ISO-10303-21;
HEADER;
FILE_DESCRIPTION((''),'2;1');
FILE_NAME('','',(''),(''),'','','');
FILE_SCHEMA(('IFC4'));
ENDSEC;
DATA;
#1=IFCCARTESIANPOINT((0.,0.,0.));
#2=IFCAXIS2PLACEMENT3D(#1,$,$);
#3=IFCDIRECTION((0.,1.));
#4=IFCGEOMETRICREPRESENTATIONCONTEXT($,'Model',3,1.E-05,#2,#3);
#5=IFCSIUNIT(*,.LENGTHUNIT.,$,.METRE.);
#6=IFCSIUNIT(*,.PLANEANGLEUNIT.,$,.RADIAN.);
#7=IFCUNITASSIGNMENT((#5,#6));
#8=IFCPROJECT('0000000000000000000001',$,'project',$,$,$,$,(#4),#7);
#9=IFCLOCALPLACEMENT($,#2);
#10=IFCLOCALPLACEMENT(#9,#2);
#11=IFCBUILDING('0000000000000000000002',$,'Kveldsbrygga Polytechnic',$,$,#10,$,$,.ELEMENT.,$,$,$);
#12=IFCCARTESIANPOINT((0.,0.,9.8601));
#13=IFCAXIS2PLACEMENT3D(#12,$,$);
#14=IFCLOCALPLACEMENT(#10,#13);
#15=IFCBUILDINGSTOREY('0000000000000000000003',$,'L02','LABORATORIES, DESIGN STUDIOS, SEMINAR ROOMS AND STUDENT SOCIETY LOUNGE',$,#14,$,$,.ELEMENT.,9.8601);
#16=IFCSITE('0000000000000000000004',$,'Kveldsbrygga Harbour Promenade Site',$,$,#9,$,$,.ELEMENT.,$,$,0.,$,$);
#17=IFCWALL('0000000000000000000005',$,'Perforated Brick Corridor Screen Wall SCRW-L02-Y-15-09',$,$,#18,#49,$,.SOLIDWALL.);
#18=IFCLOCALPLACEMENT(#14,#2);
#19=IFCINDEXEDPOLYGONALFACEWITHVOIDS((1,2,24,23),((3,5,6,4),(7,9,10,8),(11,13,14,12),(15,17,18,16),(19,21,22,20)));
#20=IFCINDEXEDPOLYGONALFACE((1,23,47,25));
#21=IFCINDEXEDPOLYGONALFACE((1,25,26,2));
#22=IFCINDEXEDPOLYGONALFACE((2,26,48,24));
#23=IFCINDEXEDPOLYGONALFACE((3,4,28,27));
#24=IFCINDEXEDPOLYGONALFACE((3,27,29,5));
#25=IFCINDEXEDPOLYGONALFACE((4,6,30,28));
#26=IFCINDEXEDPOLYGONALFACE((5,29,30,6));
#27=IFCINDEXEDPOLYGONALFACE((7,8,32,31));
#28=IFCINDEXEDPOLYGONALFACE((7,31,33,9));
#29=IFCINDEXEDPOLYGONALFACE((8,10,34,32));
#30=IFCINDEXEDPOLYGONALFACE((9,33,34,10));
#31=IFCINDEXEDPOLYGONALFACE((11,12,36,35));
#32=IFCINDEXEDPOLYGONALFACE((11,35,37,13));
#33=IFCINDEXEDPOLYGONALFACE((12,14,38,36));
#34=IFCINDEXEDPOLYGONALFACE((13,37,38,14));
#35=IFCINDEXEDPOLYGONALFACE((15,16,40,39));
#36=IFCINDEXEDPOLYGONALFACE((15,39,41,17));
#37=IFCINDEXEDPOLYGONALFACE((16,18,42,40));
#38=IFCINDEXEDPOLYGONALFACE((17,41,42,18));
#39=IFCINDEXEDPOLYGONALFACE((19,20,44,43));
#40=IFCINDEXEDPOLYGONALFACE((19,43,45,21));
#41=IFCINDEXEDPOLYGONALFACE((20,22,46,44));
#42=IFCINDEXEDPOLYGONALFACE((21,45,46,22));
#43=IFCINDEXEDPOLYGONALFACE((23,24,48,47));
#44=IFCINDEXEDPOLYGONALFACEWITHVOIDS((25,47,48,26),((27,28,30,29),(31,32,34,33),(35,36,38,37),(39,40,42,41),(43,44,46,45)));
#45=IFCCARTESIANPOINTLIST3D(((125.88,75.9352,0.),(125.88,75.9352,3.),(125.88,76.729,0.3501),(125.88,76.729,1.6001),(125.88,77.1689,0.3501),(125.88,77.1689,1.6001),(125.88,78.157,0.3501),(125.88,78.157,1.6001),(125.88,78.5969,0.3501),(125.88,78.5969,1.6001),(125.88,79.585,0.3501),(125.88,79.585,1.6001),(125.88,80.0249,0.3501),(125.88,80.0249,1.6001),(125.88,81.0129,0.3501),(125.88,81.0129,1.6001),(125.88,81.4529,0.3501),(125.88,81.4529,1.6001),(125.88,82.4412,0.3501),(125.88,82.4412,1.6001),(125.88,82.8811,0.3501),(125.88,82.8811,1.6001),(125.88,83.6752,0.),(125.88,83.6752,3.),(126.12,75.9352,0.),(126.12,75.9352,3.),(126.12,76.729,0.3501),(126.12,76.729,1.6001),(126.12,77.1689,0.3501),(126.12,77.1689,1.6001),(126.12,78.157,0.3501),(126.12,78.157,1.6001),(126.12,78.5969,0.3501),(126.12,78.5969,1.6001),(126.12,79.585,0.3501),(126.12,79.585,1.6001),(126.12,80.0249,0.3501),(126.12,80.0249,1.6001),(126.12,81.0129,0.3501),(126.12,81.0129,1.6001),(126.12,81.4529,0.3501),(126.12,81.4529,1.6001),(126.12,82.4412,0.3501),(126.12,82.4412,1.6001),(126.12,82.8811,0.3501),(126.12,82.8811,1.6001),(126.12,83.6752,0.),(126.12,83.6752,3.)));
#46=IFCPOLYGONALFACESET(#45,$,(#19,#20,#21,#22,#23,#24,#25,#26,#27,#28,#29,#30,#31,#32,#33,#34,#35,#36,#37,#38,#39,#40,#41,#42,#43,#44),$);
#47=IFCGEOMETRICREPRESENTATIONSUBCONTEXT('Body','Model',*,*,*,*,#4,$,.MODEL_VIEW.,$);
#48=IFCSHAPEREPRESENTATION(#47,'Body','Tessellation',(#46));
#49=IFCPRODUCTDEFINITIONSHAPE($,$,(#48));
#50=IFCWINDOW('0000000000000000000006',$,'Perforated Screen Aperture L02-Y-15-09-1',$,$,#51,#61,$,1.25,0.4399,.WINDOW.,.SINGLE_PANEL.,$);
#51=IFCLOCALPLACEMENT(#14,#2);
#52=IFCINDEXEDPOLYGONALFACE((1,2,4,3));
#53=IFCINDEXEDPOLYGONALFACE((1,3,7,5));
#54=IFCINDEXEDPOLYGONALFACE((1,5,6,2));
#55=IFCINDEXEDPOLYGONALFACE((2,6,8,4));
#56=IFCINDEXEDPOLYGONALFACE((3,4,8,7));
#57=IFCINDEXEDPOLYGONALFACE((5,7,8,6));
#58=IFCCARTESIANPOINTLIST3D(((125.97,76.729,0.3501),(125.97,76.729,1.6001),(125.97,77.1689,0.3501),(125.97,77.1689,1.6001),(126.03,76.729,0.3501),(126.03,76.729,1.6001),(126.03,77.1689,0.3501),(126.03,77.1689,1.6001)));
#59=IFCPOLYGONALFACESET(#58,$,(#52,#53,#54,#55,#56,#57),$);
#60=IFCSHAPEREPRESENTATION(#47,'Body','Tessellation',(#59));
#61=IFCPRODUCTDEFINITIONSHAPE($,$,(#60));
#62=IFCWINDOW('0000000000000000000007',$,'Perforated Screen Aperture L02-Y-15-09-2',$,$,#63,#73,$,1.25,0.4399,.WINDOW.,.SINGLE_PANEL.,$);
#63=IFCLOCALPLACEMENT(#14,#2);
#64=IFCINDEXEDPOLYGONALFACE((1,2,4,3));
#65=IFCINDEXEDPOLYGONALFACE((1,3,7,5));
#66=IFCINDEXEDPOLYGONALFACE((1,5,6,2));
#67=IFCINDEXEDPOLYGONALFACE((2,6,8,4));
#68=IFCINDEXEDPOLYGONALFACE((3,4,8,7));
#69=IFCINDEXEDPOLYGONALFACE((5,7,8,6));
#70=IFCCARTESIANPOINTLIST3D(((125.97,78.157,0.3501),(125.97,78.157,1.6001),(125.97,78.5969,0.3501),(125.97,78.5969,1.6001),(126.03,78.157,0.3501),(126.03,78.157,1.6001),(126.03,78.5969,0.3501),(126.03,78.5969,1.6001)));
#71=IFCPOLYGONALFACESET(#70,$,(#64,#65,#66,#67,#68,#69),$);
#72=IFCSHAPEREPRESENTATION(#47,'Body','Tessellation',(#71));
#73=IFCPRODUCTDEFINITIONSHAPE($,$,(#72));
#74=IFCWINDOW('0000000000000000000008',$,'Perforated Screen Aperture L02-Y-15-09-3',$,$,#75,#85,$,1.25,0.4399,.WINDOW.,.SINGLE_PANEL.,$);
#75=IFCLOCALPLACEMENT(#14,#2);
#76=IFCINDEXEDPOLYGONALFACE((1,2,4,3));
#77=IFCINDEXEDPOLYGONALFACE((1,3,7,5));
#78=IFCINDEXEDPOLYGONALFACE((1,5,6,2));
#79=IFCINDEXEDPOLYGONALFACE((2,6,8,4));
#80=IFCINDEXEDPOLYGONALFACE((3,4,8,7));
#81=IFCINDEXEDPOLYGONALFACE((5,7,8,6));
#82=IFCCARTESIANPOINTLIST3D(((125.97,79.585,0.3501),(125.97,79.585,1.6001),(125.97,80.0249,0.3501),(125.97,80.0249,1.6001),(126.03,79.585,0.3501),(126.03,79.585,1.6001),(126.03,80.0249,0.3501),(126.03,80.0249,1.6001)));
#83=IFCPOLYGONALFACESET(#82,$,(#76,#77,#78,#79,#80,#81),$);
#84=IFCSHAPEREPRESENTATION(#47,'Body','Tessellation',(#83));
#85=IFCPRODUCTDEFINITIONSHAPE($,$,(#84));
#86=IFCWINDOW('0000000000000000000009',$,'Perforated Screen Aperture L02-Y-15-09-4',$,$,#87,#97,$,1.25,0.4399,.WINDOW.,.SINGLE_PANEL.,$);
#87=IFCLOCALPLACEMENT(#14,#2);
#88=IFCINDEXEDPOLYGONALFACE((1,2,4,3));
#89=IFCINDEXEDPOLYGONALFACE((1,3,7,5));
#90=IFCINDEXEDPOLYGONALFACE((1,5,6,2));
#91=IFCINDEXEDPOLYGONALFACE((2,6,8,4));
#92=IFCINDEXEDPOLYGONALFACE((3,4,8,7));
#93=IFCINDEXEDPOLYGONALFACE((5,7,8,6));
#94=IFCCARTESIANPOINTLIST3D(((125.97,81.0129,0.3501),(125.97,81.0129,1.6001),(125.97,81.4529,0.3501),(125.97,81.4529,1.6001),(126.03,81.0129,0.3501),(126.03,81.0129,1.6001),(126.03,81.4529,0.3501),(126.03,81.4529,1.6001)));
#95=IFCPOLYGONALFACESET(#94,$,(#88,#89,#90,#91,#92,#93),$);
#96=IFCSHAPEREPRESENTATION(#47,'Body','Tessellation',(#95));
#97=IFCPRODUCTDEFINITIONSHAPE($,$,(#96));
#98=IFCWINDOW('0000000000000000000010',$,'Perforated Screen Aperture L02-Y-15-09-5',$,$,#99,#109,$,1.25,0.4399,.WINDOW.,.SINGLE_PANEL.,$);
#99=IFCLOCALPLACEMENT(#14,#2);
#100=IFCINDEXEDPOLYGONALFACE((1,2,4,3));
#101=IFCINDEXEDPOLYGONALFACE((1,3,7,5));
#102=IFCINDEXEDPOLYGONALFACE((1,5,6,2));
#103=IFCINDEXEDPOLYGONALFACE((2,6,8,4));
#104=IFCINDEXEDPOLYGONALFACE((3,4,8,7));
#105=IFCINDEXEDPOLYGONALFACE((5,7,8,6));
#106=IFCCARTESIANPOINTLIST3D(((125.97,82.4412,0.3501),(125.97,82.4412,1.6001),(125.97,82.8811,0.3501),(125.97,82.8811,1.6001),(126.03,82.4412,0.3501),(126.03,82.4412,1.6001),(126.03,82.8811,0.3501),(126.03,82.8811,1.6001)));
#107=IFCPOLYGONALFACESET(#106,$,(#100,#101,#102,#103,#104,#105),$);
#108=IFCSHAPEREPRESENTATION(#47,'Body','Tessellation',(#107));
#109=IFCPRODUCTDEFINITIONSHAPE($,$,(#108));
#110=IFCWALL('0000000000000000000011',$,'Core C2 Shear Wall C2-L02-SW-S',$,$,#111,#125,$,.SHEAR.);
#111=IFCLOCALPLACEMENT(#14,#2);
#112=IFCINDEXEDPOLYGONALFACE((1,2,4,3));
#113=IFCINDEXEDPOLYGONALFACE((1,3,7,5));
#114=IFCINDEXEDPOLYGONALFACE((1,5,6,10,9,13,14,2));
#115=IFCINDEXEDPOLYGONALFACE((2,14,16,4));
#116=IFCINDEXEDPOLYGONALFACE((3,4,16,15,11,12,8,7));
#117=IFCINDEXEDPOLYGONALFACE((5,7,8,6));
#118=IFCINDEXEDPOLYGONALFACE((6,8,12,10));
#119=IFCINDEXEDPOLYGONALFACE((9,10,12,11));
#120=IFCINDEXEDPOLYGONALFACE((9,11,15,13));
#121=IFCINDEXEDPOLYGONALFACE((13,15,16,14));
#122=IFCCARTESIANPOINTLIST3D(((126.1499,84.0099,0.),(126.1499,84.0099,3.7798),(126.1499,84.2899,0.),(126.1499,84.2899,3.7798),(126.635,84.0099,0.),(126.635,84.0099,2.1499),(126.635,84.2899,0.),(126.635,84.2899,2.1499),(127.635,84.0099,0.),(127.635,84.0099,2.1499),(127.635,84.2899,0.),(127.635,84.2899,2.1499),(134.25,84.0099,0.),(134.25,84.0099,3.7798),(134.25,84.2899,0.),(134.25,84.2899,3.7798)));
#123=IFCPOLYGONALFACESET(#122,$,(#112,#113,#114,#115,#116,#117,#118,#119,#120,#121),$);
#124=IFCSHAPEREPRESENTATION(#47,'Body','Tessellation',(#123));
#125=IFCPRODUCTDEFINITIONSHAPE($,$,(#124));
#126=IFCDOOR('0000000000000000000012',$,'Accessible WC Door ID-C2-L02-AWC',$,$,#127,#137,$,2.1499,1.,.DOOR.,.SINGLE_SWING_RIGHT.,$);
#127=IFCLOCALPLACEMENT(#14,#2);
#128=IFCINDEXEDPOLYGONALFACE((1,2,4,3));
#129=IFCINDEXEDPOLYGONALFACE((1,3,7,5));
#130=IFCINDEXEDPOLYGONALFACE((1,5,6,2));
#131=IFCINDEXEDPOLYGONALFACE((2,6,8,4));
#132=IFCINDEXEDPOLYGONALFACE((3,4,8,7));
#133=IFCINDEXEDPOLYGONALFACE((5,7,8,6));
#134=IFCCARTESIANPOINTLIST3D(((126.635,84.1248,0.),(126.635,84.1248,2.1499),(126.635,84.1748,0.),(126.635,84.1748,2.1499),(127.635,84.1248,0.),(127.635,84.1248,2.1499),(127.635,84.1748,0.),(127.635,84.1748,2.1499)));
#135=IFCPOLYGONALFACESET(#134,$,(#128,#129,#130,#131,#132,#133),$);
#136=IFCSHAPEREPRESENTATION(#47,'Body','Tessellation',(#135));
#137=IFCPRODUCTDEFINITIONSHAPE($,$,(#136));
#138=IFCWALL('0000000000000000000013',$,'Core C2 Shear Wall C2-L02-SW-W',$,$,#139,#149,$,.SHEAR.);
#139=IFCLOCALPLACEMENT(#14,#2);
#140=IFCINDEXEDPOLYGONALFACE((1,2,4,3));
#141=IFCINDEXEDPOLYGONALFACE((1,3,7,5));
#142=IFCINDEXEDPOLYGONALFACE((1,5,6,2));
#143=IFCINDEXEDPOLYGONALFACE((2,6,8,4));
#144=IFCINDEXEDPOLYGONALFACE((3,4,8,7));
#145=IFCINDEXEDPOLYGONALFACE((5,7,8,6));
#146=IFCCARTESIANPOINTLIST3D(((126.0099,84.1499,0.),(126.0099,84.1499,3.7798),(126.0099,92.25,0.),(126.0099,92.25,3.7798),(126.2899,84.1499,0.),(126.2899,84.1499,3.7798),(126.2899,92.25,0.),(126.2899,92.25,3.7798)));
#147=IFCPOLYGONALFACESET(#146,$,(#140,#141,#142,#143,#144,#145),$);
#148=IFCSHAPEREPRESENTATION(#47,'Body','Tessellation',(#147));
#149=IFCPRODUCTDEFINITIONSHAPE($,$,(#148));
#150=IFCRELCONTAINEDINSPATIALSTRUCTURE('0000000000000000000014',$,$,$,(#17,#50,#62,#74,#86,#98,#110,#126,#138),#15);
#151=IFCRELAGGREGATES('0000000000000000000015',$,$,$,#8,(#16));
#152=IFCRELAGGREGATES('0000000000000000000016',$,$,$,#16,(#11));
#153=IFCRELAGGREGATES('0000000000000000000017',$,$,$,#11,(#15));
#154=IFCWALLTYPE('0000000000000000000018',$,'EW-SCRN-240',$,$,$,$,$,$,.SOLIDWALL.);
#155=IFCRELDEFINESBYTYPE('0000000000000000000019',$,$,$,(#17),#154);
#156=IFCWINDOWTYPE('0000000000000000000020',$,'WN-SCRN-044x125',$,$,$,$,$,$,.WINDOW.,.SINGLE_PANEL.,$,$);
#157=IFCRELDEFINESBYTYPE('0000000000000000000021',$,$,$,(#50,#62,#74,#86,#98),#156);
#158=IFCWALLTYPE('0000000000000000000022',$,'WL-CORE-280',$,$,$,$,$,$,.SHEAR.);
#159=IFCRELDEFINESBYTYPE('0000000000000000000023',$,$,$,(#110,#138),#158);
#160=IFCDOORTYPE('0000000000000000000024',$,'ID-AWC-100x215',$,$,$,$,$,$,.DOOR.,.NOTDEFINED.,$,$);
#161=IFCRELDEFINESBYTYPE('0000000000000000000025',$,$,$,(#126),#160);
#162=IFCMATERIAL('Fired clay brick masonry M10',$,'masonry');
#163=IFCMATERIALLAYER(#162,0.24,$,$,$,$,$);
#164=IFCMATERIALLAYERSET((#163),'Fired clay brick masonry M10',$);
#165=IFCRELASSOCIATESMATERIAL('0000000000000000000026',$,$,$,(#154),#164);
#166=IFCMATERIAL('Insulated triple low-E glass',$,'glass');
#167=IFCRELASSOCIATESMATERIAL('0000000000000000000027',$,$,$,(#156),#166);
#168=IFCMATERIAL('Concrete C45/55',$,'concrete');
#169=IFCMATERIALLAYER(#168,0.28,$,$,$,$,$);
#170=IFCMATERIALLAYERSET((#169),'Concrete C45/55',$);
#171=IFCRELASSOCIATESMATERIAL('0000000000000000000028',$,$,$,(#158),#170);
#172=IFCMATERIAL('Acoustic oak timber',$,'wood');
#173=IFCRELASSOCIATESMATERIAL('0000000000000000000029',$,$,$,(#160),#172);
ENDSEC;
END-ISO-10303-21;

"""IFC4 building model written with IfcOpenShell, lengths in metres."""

from ifc_helpers import new_model, si_unit, direction, frame, frame_2d, origin, place, context, subcontext, project, spatial, rectangle, extrude, material, layer, layer_set, type_object, element, fill, save


model = new_model("IFC4")

# Units and contexts
model_context = context("Model", 3, precision=1e-05, world=origin(), true_north=direction((0.0, 1.0)))
body_context = subcontext(model_context, "Body", "Model", "MODEL_VIEW")
ifc_project = project(units=[si_unit("LENGTHUNIT", "METRE"), si_unit("PLANEANGLEUNIT", "RADIAN")], contexts=[model_context])

# Site, building, storey
site_placement = place(None, origin())
site = spatial("IfcSite", under=ifc_project, at=site_placement, Name="Kveldsbrygga Harbour Promenade Site", CompositionType="ELEMENT", RefElevation=0.0)
building_placement = place(site_placement, origin())
building = spatial("IfcBuilding", under=site, at=building_placement, Name="Kveldsbrygga Polytechnic", CompositionType="ELEMENT")
storey_placement = place(building_placement, frame((0.0, 0.0, 9.8601)))
storey = spatial("IfcBuildingStorey", under=building, at=storey_placement, Name="L02", Description="LABORATORIES, DESIGN STUDIOS, SEMINAR ROOMS AND STUDENT SOCIETY LOUNGE", CompositionType="ELEMENT", Elevation=9.8601)

# Shared definitions
ifc_material_1 = material(Name="Concrete C45/55", Category="concrete")

# Shared definitions
ifc_material_2 = material(Name="Insulated triple low-E glass", Category="glass")

# Wall, openings, windows
ifc_material_3 = material(Name="Fired clay brick masonry M10", Category="masonry")
ifc_layer_1 = layer(ifc_material_3, 0.24)
ifc_layer_set_1 = layer_set([ifc_layer_1], Name="Fired clay brick masonry M10")
wall_type_1 = type_object("IfcWallType", Name="EW-SCRN-240", PredefinedType="SOLIDWALL", material=ifc_layer_set_1)
wall_1_placement = place(storey_placement, frame((126.0, 75.9351, 0.0), z_axis=(0.0, 0.0, 1.0), x_axis=(0.0, 1.0, 0.0)))
wall_1 = element("IfcWall", 1, at=wall_1_placement, inside=storey, type_object=wall_type_1, Name="Perforated Brick Corridor Screen Wall SCRW-L02-Y-15-09", PredefinedType="SOLIDWALL", context=body_context, shape_type="SweptSolid", body=[
    extrude(rectangle(XDim=7.74, YDim=0.24, at=frame_2d((3.8701, 0.0))), origin(), (0.0, 0.0, 1.0), 3.0),
])
opening_1_placement = place(wall_1_placement, frame((0.7939, 0.0, 0.3501)))
opening_1 = element("IfcOpeningElement", 2, at=opening_1_placement, cuts=wall_1, PredefinedType="OPENING", context=body_context, shape_type="SweptSolid", body=[
    extrude(rectangle(XDim=0.4399, YDim=1.25, at=frame_2d((0.22, 0.625))), frame((0.0, 0.1299, 0.0), z_axis=(0.0, -1.0, 0.0), x_axis=(1.0, 0.0, 0.0)), (0.0, 0.0, 1.0), 0.26),
])
opening_2_placement = place(wall_1_placement, frame((2.2219, 0.0, 0.3501)))
opening_2 = element("IfcOpeningElement", 3, at=opening_2_placement, cuts=wall_1, PredefinedType="OPENING", context=body_context, shape_type="SweptSolid", body=[
    extrude(rectangle(XDim=0.4399, YDim=1.25, at=frame_2d((0.22, 0.625))), frame((0.0, 0.1299, 0.0), z_axis=(0.0, -1.0, 0.0), x_axis=(1.0, 0.0, 0.0)), (0.0, 0.0, 1.0), 0.26),
])
opening_3_placement = place(wall_1_placement, frame((3.6499, 0.0, 0.3501)))
opening_3 = element("IfcOpeningElement", 4, at=opening_3_placement, cuts=wall_1, PredefinedType="OPENING", context=body_context, shape_type="SweptSolid", body=[
    extrude(rectangle(XDim=0.4399, YDim=1.25, at=frame_2d((0.22, 0.625))), frame((0.0, 0.1299, 0.0), z_axis=(0.0, -1.0, 0.0), x_axis=(1.0, 0.0, 0.0)), (0.0, 0.0, 1.0), 0.26),
])
opening_4_placement = place(wall_1_placement, frame((5.0779, 0.0, 0.3501)))
opening_4 = element("IfcOpeningElement", 5, at=opening_4_placement, cuts=wall_1, PredefinedType="OPENING", context=body_context, shape_type="SweptSolid", body=[
    extrude(rectangle(XDim=0.4399, YDim=1.25, at=frame_2d((0.22, 0.625))), frame((0.0, 0.1299, 0.0), z_axis=(0.0, -1.0, 0.0), x_axis=(1.0, 0.0, 0.0)), (0.0, 0.0, 1.0), 0.26),
])
opening_5_placement = place(wall_1_placement, frame((6.5061, 0.0, 0.3501)))
opening_5 = element("IfcOpeningElement", 6, at=opening_5_placement, cuts=wall_1, PredefinedType="OPENING", context=body_context, shape_type="SweptSolid", body=[
    extrude(rectangle(XDim=0.4399, YDim=1.25, at=frame_2d((0.22, 0.625))), frame((0.0, 0.1299, 0.0), z_axis=(0.0, -1.0, 0.0), x_axis=(1.0, 0.0, 0.0)), (0.0, 0.0, 1.0), 0.26),
])
window_type = type_object("IfcWindowType", Name="WN-SCRN-044x125", PartitioningType="SINGLE_PANEL", PredefinedType="WINDOW", material=ifc_material_2)
window_1_placement = place(opening_1_placement, origin())
window_1 = element("IfcWindow", 7, at=window_1_placement, inside=storey, type_object=window_type, Name="Perforated Screen Aperture L02-Y-15-09-1", OverallHeight=1.25, OverallWidth=0.4399, PartitioningType="SINGLE_PANEL", PredefinedType="WINDOW", context=body_context, shape_type="SweptSolid", body=[
    extrude(rectangle(XDim=0.4399, YDim=1.25, at=frame_2d((0.22, 0.625))), frame((0.0, 0.03, 0.0), z_axis=(0.0, -1.0, 0.0), x_axis=(1.0, 0.0, 0.0)), (0.0, 0.0, 1.0), 0.0601),
])
fill(opening_1, window_1)
window_2_placement = place(opening_2_placement, origin())
window_2 = element("IfcWindow", 8, at=window_2_placement, inside=storey, type_object=window_type, Name="Perforated Screen Aperture L02-Y-15-09-2", OverallHeight=1.25, OverallWidth=0.4399, PartitioningType="SINGLE_PANEL", PredefinedType="WINDOW", context=body_context, shape_type="SweptSolid", body=[
    extrude(rectangle(XDim=0.4399, YDim=1.25, at=frame_2d((0.22, 0.625))), frame((0.0, 0.03, 0.0), z_axis=(0.0, -1.0, 0.0), x_axis=(1.0, 0.0, 0.0)), (0.0, 0.0, 1.0), 0.0601),
])
fill(opening_2, window_2)
window_3_placement = place(opening_3_placement, origin())
window_3 = element("IfcWindow", 9, at=window_3_placement, inside=storey, type_object=window_type, Name="Perforated Screen Aperture L02-Y-15-09-3", OverallHeight=1.25, OverallWidth=0.4399, PartitioningType="SINGLE_PANEL", PredefinedType="WINDOW", context=body_context, shape_type="SweptSolid", body=[
    extrude(rectangle(XDim=0.4399, YDim=1.25, at=frame_2d((0.22, 0.625))), frame((0.0, 0.03, 0.0), z_axis=(0.0, -1.0, 0.0), x_axis=(1.0, 0.0, 0.0)), (0.0, 0.0, 1.0), 0.0601),
])
fill(opening_3, window_3)
window_4_placement = place(opening_4_placement, origin())
window_4 = element("IfcWindow", 10, at=window_4_placement, inside=storey, type_object=window_type, Name="Perforated Screen Aperture L02-Y-15-09-4", OverallHeight=1.25, OverallWidth=0.4399, PartitioningType="SINGLE_PANEL", PredefinedType="WINDOW", context=body_context, shape_type="SweptSolid", body=[
    extrude(rectangle(XDim=0.4399, YDim=1.25, at=frame_2d((0.22, 0.625))), frame((0.0, 0.03, 0.0), z_axis=(0.0, -1.0, 0.0), x_axis=(1.0, 0.0, 0.0)), (0.0, 0.0, 1.0), 0.0601),
])
fill(opening_4, window_4)
window_5_placement = place(opening_5_placement, origin())
window_5 = element("IfcWindow", 11, at=window_5_placement, inside=storey, type_object=window_type, Name="Perforated Screen Aperture L02-Y-15-09-5", OverallHeight=1.25, OverallWidth=0.4399, PartitioningType="SINGLE_PANEL", PredefinedType="WINDOW", context=body_context, shape_type="SweptSolid", body=[
    extrude(rectangle(XDim=0.4399, YDim=1.25, at=frame_2d((0.22, 0.625))), frame((0.0, 0.03, 0.0), z_axis=(0.0, -1.0, 0.0), x_axis=(1.0, 0.0, 0.0)), (0.0, 0.0, 1.0), 0.0601),
])
fill(opening_5, window_5)

# Wall, opening, door
ifc_layer_2 = layer(ifc_material_1, 0.28)
ifc_layer_set_2 = layer_set([ifc_layer_2], Name="Concrete C45/55")
wall_type_2 = type_object("IfcWallType", Name="WL-CORE-280", PredefinedType="SHEAR", material=ifc_layer_set_2)
wall_2_placement = place(storey_placement, frame((126.1499, 84.1499, 0.0), z_axis=(0.0, 0.0, 1.0), x_axis=(1.0, 0.0, 0.0)))
wall_2 = element("IfcWall", 12, at=wall_2_placement, inside=storey, type_object=wall_type_2, Name="Core C2 Shear Wall C2-L02-SW-S", PredefinedType="SHEAR", context=body_context, shape_type="SweptSolid", body=[
    extrude(rectangle(XDim=8.1001, YDim=0.28, at=frame_2d((4.05, 0.0))), origin(), (0.0, 0.0, 1.0), 3.7798),
])
opening_6_placement = place(wall_2_placement, frame((0.4851, 0.0, 0.0)))
opening_6 = element("IfcOpeningElement", 13, at=opening_6_placement, cuts=wall_2, PredefinedType="OPENING", context=body_context, shape_type="SweptSolid", body=[
    extrude(rectangle(XDim=1.0, YDim=2.1499, at=frame_2d((0.5, 1.075))), frame((0.0, 0.1499, 0.0), z_axis=(0.0, -1.0, 0.0), x_axis=(1.0, 0.0, 0.0)), (0.0, 0.0, 1.0), 0.3),
])
ifc_material_4 = material(Name="Acoustic oak timber", Category="wood")
door_type = type_object("IfcDoorType", Name="ID-AWC-100x215", OperationType="NOTDEFINED", PredefinedType="DOOR", material=ifc_material_4)
door_placement = place(opening_6_placement, origin())
door = element("IfcDoor", 14, at=door_placement, inside=storey, type_object=door_type, Name="Accessible WC Door ID-C2-L02-AWC", OperationType="SINGLE_SWING_RIGHT", OverallHeight=2.1499, OverallWidth=1.0, PredefinedType="DOOR", context=body_context, shape_type="SweptSolid", body=[
    extrude(rectangle(XDim=1.0, YDim=2.1499, at=frame_2d((0.5, 1.075))), frame((0.0, 0.0249, 0.0), z_axis=(0.0, -1.0, 0.0), x_axis=(1.0, 0.0, 0.0)), (0.0, 0.0, 1.0), 0.05),
])
fill(opening_6, door)

# Wall
wall_3_placement = place(storey_placement, frame((126.1499, 84.1499, 0.0), z_axis=(0.0, 0.0, 1.0), x_axis=(0.0, 1.0, 0.0)))
element("IfcWall", 15, at=wall_3_placement, inside=storey, type_object=wall_type_2, Name="Core C2 Shear Wall C2-L02-SW-W", PredefinedType="SHEAR", context=body_context, shape_type="SweptSolid", body=[
    extrude(rectangle(XDim=8.1001, YDim=0.28, at=frame_2d((4.05, 0.0))), origin(), (0.0, 0.0, 1.0), 3.7798),
])

save(model, "model.ifc")
